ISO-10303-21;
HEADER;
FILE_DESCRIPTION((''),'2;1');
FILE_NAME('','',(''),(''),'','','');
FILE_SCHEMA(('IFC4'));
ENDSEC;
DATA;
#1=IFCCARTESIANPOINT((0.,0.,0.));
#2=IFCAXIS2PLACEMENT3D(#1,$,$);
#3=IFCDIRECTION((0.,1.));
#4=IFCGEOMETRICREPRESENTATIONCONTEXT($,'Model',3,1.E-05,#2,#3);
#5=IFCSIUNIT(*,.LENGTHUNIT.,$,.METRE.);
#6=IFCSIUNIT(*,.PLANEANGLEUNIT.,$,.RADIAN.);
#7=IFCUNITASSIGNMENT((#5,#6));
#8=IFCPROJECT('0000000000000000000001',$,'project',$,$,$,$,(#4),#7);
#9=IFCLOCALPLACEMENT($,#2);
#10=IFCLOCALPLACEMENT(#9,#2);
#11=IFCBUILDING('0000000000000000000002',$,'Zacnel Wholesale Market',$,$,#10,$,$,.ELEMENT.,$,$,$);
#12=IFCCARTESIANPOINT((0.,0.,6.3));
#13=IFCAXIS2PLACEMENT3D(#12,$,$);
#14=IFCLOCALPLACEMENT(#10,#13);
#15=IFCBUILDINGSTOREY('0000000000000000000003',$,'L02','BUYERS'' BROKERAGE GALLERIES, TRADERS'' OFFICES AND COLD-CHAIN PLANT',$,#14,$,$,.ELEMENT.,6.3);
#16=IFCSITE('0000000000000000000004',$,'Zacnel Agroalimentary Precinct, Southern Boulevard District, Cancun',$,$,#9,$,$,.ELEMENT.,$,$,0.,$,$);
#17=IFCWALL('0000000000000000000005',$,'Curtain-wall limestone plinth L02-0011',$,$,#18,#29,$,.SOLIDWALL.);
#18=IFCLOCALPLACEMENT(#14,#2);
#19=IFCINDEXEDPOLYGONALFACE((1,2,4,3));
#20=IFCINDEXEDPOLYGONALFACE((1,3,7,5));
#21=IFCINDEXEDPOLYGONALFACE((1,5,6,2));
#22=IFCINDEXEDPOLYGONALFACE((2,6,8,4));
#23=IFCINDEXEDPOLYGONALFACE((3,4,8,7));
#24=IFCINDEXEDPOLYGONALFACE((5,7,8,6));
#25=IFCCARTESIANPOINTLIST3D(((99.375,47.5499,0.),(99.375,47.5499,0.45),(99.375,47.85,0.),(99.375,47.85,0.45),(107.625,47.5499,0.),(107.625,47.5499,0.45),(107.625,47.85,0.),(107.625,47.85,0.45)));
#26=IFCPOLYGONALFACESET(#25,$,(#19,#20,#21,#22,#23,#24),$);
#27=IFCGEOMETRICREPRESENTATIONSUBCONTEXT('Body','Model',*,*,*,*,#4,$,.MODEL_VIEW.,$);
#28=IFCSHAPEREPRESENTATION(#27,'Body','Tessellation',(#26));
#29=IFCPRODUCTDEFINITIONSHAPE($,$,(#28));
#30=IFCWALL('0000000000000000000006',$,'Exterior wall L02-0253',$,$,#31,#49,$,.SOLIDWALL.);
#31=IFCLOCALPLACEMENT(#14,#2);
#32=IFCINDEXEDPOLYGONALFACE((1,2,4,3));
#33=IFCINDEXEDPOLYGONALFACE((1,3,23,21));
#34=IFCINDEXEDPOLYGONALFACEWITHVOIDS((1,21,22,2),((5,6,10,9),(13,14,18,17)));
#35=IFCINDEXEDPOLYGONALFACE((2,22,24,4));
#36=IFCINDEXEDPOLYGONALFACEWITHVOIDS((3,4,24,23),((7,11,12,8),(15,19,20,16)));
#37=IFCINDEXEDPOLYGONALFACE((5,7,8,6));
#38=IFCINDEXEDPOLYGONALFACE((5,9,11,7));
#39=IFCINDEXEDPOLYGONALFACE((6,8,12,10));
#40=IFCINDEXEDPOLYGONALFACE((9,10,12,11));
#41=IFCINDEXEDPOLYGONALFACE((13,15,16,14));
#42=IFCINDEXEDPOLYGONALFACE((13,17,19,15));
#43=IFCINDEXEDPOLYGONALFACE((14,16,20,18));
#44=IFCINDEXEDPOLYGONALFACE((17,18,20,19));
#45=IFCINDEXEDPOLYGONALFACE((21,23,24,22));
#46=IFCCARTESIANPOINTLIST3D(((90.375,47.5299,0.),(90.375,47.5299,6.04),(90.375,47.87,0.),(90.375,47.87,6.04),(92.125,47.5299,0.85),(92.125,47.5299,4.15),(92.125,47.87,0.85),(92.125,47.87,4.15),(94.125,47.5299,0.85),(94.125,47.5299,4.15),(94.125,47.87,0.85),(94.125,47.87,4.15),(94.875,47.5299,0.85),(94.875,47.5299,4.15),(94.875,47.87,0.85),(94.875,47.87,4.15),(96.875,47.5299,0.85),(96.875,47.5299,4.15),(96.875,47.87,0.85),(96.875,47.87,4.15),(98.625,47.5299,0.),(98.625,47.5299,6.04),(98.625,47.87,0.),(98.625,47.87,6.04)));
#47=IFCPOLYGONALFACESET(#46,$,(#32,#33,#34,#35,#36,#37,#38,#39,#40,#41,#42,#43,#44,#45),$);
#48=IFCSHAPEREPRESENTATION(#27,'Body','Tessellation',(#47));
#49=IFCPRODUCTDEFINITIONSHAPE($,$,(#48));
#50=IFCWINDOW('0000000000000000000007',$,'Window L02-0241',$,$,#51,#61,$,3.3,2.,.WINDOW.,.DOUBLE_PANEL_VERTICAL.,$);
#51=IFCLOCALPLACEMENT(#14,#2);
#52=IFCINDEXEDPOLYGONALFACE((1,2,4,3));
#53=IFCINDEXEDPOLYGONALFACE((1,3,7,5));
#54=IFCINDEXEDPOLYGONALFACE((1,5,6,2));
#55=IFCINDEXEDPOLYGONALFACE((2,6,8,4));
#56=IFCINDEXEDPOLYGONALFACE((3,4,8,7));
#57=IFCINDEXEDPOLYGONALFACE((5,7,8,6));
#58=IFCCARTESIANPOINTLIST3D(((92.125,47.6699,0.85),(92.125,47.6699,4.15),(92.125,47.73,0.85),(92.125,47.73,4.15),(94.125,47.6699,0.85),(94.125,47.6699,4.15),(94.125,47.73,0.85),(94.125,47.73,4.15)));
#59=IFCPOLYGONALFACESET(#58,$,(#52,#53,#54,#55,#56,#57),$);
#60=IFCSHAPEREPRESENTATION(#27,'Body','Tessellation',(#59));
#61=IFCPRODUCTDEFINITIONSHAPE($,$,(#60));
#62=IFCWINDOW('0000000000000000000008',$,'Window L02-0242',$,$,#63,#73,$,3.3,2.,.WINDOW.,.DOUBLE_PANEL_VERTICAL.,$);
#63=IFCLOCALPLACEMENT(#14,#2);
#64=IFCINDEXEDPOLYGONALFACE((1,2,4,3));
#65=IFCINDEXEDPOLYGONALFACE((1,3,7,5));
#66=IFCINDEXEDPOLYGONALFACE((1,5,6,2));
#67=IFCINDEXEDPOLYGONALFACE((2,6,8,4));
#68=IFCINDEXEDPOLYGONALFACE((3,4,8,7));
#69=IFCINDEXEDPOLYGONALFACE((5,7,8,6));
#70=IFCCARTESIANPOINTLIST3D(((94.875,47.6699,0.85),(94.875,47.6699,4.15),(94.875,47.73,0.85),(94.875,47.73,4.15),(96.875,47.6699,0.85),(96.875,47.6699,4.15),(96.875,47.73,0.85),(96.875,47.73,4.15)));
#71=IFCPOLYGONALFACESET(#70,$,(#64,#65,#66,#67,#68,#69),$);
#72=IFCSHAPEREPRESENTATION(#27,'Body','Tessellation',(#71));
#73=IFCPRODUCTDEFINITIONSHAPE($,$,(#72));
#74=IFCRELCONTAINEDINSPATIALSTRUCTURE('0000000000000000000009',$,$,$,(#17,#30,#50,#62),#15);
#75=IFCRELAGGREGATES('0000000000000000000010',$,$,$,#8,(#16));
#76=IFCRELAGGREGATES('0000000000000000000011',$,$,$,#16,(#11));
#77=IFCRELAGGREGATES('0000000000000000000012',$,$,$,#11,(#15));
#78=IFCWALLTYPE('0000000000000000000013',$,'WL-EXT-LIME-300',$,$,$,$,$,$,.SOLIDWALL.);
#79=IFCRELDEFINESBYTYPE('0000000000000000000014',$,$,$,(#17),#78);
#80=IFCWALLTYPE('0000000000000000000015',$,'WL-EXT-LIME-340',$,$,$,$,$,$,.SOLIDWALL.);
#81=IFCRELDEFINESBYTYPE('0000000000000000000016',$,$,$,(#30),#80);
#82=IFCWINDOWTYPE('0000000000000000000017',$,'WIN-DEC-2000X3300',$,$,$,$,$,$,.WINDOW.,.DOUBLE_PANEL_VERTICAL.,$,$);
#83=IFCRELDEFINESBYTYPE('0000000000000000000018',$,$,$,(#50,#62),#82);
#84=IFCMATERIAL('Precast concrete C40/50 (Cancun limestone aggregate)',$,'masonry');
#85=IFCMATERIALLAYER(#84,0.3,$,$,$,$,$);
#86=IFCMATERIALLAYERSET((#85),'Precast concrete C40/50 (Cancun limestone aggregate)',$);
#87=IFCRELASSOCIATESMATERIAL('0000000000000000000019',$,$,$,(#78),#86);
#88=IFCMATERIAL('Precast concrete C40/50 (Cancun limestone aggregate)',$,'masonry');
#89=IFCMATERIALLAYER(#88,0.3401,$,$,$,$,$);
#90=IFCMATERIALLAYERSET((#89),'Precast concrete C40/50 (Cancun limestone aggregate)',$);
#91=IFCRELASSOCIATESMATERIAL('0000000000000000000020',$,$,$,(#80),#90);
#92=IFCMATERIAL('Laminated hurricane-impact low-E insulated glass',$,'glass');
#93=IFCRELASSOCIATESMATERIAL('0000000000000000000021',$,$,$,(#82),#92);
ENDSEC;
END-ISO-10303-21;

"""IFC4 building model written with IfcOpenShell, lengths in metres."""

from ifc_helpers import new_model, si_unit, direction, frame, frame_2d, origin, place, context, subcontext, project, spatial, rectangle, extrude, material, layer, layer_set, type_object, element, fill, save


model = new_model("IFC4")

# Units and contexts
model_context = context("Model", 3, precision=1e-05, world=origin(), true_north=direction((0.0, 1.0)))
body_context = subcontext(model_context, "Body", "Model", "MODEL_VIEW")
ifc_project = project(units=[si_unit("LENGTHUNIT", "METRE"), si_unit("PLANEANGLEUNIT", "RADIAN")], contexts=[model_context])

# Site, building, storey
site_placement = place(None, origin())
site = spatial("IfcSite", under=ifc_project, at=site_placement, Name="Zacnel Agroalimentary Precinct, Southern Boulevard District, Cancun", CompositionType="ELEMENT", RefElevation=0.0)
building_placement = place(site_placement, origin())
building = spatial("IfcBuilding", under=site, at=building_placement, Name="Zacnel Wholesale Market", CompositionType="ELEMENT")
storey_placement = place(building_placement, frame((0.0, 0.0, 6.3)))
storey = spatial("IfcBuildingStorey", under=building, at=storey_placement, Name="L02", Description="BUYERS' BROKERAGE GALLERIES, TRADERS' OFFICES AND COLD-CHAIN PLANT", CompositionType="ELEMENT", Elevation=6.3)

# Wall
ifc_material_1 = material(Name="Precast concrete C40/50 (Cancun limestone aggregate)", Category="masonry")
ifc_layer_1 = layer(ifc_material_1, 0.3)
ifc_layer_set_1 = layer_set([ifc_layer_1], Name="Precast concrete C40/50 (Cancun limestone aggregate)")
wall_type_1 = type_object("IfcWallType", Name="WL-EXT-LIME-300", PredefinedType="SOLIDWALL", material=ifc_layer_set_1)
wall_1_placement = place(storey_placement, frame((99.375, 47.7, 0.0), z_axis=(0.0, 0.0, 1.0), x_axis=(1.0, 0.0, 0.0)))
element("IfcWall", 1, at=wall_1_placement, inside=storey, type_object=wall_type_1, Name="Curtain-wall limestone plinth L02-0011", PredefinedType="SOLIDWALL", context=body_context, shape_type="SweptSolid", body=[
    extrude(rectangle(XDim=8.25, YDim=0.3, at=frame_2d((4.125, 0.0))), origin(), (0.0, 0.0, 1.0), 0.45),
])

# Wall, openings, windows
ifc_material_2 = material(Name="Precast concrete C40/50 (Cancun limestone aggregate)", Category="masonry")
ifc_layer_2 = layer(ifc_material_2, 0.3401)
ifc_layer_set_2 = layer_set([ifc_layer_2], Name="Precast concrete C40/50 (Cancun limestone aggregate)")
wall_type_2 = type_object("IfcWallType", Name="WL-EXT-LIME-340", PredefinedType="SOLIDWALL", material=ifc_layer_set_2)
wall_2_placement = place(storey_placement, frame((90.375, 47.7, 0.0), z_axis=(0.0, 0.0, 1.0), x_axis=(1.0, 0.0, 0.0)))
wall_2 = element("IfcWall", 2, at=wall_2_placement, inside=storey, type_object=wall_type_2, Name="Exterior wall L02-0253", PredefinedType="SOLIDWALL", context=body_context, shape_type="SweptSolid", body=[
    extrude(rectangle(XDim=8.25, YDim=0.3401, at=frame_2d((4.125, 0.0))), origin(), (0.0, 0.0, 1.0), 6.04),
])
opening_1_placement = place(wall_2_placement, frame((1.75, 0.0, 0.8501)))
opening_1 = element("IfcOpeningElement", 3, at=opening_1_placement, cuts=wall_2, PredefinedType="OPENING", context=body_context, shape_type="SweptSolid", body=[
    extrude(rectangle(XDim=2.0, YDim=3.3, at=frame_2d((1.0, 1.6499))), frame((0.0, 0.1799, 0.0), z_axis=(0.0, -1.0, 0.0), x_axis=(1.0, 0.0, 0.0)), (0.0, 0.0, 1.0), 0.3601),
])
opening_2_placement = place(wall_2_placement, frame((4.5, 0.0, 0.8501)))
opening_2 = element("IfcOpeningElement", 4, at=opening_2_placement, cuts=wall_2, PredefinedType="OPENING", context=body_context, shape_type="SweptSolid", body=[
    extrude(rectangle(XDim=2.0, YDim=3.3, at=frame_2d((1.0, 1.6499))), frame((0.0, 0.1799, 0.0), z_axis=(0.0, -1.0, 0.0), x_axis=(1.0, 0.0, 0.0)), (0.0, 0.0, 1.0), 0.3601),
])
ifc_material_3 = material(Name="Laminated hurricane-impact low-E insulated glass", Category="glass")
window_type = type_object("IfcWindowType", Name="WIN-DEC-2000X3300", PartitioningType="DOUBLE_PANEL_VERTICAL", PredefinedType="WINDOW", material=ifc_material_3)
window_1_placement = place(opening_1_placement, origin())
window_1 = element("IfcWindow", 5, at=window_1_placement, inside=storey, type_object=window_type, Name="Window L02-0241", OverallHeight=3.3, OverallWidth=2.0, PartitioningType="DOUBLE_PANEL_VERTICAL", PredefinedType="WINDOW", context=body_context, shape_type="SweptSolid", body=[
    extrude(rectangle(XDim=2.0, YDim=3.3, at=frame_2d((1.0, 1.6499))), frame((0.0, 0.03, 0.0), z_axis=(0.0, -1.0, 0.0), x_axis=(1.0, 0.0, 0.0)), (0.0, 0.0, 1.0), 0.0601),
])
fill(opening_1, window_1)
window_2_placement = place(opening_2_placement, origin())
window_2 = element("IfcWindow", 6, at=window_2_placement, inside=storey, type_object=window_type, Name="Window L02-0242", OverallHeight=3.3, OverallWidth=2.0, PartitioningType="DOUBLE_PANEL_VERTICAL", PredefinedType="WINDOW", context=body_context, shape_type="SweptSolid", body=[
    extrude(rectangle(XDim=2.0, YDim=3.3, at=frame_2d((1.0, 1.6499))), frame((0.0, 0.03, 0.0), z_axis=(0.0, -1.0, 0.0), x_axis=(1.0, 0.0, 0.0)), (0.0, 0.0, 1.0), 0.0601),
])
fill(opening_2, window_2)

save(model, "model.ifc")
